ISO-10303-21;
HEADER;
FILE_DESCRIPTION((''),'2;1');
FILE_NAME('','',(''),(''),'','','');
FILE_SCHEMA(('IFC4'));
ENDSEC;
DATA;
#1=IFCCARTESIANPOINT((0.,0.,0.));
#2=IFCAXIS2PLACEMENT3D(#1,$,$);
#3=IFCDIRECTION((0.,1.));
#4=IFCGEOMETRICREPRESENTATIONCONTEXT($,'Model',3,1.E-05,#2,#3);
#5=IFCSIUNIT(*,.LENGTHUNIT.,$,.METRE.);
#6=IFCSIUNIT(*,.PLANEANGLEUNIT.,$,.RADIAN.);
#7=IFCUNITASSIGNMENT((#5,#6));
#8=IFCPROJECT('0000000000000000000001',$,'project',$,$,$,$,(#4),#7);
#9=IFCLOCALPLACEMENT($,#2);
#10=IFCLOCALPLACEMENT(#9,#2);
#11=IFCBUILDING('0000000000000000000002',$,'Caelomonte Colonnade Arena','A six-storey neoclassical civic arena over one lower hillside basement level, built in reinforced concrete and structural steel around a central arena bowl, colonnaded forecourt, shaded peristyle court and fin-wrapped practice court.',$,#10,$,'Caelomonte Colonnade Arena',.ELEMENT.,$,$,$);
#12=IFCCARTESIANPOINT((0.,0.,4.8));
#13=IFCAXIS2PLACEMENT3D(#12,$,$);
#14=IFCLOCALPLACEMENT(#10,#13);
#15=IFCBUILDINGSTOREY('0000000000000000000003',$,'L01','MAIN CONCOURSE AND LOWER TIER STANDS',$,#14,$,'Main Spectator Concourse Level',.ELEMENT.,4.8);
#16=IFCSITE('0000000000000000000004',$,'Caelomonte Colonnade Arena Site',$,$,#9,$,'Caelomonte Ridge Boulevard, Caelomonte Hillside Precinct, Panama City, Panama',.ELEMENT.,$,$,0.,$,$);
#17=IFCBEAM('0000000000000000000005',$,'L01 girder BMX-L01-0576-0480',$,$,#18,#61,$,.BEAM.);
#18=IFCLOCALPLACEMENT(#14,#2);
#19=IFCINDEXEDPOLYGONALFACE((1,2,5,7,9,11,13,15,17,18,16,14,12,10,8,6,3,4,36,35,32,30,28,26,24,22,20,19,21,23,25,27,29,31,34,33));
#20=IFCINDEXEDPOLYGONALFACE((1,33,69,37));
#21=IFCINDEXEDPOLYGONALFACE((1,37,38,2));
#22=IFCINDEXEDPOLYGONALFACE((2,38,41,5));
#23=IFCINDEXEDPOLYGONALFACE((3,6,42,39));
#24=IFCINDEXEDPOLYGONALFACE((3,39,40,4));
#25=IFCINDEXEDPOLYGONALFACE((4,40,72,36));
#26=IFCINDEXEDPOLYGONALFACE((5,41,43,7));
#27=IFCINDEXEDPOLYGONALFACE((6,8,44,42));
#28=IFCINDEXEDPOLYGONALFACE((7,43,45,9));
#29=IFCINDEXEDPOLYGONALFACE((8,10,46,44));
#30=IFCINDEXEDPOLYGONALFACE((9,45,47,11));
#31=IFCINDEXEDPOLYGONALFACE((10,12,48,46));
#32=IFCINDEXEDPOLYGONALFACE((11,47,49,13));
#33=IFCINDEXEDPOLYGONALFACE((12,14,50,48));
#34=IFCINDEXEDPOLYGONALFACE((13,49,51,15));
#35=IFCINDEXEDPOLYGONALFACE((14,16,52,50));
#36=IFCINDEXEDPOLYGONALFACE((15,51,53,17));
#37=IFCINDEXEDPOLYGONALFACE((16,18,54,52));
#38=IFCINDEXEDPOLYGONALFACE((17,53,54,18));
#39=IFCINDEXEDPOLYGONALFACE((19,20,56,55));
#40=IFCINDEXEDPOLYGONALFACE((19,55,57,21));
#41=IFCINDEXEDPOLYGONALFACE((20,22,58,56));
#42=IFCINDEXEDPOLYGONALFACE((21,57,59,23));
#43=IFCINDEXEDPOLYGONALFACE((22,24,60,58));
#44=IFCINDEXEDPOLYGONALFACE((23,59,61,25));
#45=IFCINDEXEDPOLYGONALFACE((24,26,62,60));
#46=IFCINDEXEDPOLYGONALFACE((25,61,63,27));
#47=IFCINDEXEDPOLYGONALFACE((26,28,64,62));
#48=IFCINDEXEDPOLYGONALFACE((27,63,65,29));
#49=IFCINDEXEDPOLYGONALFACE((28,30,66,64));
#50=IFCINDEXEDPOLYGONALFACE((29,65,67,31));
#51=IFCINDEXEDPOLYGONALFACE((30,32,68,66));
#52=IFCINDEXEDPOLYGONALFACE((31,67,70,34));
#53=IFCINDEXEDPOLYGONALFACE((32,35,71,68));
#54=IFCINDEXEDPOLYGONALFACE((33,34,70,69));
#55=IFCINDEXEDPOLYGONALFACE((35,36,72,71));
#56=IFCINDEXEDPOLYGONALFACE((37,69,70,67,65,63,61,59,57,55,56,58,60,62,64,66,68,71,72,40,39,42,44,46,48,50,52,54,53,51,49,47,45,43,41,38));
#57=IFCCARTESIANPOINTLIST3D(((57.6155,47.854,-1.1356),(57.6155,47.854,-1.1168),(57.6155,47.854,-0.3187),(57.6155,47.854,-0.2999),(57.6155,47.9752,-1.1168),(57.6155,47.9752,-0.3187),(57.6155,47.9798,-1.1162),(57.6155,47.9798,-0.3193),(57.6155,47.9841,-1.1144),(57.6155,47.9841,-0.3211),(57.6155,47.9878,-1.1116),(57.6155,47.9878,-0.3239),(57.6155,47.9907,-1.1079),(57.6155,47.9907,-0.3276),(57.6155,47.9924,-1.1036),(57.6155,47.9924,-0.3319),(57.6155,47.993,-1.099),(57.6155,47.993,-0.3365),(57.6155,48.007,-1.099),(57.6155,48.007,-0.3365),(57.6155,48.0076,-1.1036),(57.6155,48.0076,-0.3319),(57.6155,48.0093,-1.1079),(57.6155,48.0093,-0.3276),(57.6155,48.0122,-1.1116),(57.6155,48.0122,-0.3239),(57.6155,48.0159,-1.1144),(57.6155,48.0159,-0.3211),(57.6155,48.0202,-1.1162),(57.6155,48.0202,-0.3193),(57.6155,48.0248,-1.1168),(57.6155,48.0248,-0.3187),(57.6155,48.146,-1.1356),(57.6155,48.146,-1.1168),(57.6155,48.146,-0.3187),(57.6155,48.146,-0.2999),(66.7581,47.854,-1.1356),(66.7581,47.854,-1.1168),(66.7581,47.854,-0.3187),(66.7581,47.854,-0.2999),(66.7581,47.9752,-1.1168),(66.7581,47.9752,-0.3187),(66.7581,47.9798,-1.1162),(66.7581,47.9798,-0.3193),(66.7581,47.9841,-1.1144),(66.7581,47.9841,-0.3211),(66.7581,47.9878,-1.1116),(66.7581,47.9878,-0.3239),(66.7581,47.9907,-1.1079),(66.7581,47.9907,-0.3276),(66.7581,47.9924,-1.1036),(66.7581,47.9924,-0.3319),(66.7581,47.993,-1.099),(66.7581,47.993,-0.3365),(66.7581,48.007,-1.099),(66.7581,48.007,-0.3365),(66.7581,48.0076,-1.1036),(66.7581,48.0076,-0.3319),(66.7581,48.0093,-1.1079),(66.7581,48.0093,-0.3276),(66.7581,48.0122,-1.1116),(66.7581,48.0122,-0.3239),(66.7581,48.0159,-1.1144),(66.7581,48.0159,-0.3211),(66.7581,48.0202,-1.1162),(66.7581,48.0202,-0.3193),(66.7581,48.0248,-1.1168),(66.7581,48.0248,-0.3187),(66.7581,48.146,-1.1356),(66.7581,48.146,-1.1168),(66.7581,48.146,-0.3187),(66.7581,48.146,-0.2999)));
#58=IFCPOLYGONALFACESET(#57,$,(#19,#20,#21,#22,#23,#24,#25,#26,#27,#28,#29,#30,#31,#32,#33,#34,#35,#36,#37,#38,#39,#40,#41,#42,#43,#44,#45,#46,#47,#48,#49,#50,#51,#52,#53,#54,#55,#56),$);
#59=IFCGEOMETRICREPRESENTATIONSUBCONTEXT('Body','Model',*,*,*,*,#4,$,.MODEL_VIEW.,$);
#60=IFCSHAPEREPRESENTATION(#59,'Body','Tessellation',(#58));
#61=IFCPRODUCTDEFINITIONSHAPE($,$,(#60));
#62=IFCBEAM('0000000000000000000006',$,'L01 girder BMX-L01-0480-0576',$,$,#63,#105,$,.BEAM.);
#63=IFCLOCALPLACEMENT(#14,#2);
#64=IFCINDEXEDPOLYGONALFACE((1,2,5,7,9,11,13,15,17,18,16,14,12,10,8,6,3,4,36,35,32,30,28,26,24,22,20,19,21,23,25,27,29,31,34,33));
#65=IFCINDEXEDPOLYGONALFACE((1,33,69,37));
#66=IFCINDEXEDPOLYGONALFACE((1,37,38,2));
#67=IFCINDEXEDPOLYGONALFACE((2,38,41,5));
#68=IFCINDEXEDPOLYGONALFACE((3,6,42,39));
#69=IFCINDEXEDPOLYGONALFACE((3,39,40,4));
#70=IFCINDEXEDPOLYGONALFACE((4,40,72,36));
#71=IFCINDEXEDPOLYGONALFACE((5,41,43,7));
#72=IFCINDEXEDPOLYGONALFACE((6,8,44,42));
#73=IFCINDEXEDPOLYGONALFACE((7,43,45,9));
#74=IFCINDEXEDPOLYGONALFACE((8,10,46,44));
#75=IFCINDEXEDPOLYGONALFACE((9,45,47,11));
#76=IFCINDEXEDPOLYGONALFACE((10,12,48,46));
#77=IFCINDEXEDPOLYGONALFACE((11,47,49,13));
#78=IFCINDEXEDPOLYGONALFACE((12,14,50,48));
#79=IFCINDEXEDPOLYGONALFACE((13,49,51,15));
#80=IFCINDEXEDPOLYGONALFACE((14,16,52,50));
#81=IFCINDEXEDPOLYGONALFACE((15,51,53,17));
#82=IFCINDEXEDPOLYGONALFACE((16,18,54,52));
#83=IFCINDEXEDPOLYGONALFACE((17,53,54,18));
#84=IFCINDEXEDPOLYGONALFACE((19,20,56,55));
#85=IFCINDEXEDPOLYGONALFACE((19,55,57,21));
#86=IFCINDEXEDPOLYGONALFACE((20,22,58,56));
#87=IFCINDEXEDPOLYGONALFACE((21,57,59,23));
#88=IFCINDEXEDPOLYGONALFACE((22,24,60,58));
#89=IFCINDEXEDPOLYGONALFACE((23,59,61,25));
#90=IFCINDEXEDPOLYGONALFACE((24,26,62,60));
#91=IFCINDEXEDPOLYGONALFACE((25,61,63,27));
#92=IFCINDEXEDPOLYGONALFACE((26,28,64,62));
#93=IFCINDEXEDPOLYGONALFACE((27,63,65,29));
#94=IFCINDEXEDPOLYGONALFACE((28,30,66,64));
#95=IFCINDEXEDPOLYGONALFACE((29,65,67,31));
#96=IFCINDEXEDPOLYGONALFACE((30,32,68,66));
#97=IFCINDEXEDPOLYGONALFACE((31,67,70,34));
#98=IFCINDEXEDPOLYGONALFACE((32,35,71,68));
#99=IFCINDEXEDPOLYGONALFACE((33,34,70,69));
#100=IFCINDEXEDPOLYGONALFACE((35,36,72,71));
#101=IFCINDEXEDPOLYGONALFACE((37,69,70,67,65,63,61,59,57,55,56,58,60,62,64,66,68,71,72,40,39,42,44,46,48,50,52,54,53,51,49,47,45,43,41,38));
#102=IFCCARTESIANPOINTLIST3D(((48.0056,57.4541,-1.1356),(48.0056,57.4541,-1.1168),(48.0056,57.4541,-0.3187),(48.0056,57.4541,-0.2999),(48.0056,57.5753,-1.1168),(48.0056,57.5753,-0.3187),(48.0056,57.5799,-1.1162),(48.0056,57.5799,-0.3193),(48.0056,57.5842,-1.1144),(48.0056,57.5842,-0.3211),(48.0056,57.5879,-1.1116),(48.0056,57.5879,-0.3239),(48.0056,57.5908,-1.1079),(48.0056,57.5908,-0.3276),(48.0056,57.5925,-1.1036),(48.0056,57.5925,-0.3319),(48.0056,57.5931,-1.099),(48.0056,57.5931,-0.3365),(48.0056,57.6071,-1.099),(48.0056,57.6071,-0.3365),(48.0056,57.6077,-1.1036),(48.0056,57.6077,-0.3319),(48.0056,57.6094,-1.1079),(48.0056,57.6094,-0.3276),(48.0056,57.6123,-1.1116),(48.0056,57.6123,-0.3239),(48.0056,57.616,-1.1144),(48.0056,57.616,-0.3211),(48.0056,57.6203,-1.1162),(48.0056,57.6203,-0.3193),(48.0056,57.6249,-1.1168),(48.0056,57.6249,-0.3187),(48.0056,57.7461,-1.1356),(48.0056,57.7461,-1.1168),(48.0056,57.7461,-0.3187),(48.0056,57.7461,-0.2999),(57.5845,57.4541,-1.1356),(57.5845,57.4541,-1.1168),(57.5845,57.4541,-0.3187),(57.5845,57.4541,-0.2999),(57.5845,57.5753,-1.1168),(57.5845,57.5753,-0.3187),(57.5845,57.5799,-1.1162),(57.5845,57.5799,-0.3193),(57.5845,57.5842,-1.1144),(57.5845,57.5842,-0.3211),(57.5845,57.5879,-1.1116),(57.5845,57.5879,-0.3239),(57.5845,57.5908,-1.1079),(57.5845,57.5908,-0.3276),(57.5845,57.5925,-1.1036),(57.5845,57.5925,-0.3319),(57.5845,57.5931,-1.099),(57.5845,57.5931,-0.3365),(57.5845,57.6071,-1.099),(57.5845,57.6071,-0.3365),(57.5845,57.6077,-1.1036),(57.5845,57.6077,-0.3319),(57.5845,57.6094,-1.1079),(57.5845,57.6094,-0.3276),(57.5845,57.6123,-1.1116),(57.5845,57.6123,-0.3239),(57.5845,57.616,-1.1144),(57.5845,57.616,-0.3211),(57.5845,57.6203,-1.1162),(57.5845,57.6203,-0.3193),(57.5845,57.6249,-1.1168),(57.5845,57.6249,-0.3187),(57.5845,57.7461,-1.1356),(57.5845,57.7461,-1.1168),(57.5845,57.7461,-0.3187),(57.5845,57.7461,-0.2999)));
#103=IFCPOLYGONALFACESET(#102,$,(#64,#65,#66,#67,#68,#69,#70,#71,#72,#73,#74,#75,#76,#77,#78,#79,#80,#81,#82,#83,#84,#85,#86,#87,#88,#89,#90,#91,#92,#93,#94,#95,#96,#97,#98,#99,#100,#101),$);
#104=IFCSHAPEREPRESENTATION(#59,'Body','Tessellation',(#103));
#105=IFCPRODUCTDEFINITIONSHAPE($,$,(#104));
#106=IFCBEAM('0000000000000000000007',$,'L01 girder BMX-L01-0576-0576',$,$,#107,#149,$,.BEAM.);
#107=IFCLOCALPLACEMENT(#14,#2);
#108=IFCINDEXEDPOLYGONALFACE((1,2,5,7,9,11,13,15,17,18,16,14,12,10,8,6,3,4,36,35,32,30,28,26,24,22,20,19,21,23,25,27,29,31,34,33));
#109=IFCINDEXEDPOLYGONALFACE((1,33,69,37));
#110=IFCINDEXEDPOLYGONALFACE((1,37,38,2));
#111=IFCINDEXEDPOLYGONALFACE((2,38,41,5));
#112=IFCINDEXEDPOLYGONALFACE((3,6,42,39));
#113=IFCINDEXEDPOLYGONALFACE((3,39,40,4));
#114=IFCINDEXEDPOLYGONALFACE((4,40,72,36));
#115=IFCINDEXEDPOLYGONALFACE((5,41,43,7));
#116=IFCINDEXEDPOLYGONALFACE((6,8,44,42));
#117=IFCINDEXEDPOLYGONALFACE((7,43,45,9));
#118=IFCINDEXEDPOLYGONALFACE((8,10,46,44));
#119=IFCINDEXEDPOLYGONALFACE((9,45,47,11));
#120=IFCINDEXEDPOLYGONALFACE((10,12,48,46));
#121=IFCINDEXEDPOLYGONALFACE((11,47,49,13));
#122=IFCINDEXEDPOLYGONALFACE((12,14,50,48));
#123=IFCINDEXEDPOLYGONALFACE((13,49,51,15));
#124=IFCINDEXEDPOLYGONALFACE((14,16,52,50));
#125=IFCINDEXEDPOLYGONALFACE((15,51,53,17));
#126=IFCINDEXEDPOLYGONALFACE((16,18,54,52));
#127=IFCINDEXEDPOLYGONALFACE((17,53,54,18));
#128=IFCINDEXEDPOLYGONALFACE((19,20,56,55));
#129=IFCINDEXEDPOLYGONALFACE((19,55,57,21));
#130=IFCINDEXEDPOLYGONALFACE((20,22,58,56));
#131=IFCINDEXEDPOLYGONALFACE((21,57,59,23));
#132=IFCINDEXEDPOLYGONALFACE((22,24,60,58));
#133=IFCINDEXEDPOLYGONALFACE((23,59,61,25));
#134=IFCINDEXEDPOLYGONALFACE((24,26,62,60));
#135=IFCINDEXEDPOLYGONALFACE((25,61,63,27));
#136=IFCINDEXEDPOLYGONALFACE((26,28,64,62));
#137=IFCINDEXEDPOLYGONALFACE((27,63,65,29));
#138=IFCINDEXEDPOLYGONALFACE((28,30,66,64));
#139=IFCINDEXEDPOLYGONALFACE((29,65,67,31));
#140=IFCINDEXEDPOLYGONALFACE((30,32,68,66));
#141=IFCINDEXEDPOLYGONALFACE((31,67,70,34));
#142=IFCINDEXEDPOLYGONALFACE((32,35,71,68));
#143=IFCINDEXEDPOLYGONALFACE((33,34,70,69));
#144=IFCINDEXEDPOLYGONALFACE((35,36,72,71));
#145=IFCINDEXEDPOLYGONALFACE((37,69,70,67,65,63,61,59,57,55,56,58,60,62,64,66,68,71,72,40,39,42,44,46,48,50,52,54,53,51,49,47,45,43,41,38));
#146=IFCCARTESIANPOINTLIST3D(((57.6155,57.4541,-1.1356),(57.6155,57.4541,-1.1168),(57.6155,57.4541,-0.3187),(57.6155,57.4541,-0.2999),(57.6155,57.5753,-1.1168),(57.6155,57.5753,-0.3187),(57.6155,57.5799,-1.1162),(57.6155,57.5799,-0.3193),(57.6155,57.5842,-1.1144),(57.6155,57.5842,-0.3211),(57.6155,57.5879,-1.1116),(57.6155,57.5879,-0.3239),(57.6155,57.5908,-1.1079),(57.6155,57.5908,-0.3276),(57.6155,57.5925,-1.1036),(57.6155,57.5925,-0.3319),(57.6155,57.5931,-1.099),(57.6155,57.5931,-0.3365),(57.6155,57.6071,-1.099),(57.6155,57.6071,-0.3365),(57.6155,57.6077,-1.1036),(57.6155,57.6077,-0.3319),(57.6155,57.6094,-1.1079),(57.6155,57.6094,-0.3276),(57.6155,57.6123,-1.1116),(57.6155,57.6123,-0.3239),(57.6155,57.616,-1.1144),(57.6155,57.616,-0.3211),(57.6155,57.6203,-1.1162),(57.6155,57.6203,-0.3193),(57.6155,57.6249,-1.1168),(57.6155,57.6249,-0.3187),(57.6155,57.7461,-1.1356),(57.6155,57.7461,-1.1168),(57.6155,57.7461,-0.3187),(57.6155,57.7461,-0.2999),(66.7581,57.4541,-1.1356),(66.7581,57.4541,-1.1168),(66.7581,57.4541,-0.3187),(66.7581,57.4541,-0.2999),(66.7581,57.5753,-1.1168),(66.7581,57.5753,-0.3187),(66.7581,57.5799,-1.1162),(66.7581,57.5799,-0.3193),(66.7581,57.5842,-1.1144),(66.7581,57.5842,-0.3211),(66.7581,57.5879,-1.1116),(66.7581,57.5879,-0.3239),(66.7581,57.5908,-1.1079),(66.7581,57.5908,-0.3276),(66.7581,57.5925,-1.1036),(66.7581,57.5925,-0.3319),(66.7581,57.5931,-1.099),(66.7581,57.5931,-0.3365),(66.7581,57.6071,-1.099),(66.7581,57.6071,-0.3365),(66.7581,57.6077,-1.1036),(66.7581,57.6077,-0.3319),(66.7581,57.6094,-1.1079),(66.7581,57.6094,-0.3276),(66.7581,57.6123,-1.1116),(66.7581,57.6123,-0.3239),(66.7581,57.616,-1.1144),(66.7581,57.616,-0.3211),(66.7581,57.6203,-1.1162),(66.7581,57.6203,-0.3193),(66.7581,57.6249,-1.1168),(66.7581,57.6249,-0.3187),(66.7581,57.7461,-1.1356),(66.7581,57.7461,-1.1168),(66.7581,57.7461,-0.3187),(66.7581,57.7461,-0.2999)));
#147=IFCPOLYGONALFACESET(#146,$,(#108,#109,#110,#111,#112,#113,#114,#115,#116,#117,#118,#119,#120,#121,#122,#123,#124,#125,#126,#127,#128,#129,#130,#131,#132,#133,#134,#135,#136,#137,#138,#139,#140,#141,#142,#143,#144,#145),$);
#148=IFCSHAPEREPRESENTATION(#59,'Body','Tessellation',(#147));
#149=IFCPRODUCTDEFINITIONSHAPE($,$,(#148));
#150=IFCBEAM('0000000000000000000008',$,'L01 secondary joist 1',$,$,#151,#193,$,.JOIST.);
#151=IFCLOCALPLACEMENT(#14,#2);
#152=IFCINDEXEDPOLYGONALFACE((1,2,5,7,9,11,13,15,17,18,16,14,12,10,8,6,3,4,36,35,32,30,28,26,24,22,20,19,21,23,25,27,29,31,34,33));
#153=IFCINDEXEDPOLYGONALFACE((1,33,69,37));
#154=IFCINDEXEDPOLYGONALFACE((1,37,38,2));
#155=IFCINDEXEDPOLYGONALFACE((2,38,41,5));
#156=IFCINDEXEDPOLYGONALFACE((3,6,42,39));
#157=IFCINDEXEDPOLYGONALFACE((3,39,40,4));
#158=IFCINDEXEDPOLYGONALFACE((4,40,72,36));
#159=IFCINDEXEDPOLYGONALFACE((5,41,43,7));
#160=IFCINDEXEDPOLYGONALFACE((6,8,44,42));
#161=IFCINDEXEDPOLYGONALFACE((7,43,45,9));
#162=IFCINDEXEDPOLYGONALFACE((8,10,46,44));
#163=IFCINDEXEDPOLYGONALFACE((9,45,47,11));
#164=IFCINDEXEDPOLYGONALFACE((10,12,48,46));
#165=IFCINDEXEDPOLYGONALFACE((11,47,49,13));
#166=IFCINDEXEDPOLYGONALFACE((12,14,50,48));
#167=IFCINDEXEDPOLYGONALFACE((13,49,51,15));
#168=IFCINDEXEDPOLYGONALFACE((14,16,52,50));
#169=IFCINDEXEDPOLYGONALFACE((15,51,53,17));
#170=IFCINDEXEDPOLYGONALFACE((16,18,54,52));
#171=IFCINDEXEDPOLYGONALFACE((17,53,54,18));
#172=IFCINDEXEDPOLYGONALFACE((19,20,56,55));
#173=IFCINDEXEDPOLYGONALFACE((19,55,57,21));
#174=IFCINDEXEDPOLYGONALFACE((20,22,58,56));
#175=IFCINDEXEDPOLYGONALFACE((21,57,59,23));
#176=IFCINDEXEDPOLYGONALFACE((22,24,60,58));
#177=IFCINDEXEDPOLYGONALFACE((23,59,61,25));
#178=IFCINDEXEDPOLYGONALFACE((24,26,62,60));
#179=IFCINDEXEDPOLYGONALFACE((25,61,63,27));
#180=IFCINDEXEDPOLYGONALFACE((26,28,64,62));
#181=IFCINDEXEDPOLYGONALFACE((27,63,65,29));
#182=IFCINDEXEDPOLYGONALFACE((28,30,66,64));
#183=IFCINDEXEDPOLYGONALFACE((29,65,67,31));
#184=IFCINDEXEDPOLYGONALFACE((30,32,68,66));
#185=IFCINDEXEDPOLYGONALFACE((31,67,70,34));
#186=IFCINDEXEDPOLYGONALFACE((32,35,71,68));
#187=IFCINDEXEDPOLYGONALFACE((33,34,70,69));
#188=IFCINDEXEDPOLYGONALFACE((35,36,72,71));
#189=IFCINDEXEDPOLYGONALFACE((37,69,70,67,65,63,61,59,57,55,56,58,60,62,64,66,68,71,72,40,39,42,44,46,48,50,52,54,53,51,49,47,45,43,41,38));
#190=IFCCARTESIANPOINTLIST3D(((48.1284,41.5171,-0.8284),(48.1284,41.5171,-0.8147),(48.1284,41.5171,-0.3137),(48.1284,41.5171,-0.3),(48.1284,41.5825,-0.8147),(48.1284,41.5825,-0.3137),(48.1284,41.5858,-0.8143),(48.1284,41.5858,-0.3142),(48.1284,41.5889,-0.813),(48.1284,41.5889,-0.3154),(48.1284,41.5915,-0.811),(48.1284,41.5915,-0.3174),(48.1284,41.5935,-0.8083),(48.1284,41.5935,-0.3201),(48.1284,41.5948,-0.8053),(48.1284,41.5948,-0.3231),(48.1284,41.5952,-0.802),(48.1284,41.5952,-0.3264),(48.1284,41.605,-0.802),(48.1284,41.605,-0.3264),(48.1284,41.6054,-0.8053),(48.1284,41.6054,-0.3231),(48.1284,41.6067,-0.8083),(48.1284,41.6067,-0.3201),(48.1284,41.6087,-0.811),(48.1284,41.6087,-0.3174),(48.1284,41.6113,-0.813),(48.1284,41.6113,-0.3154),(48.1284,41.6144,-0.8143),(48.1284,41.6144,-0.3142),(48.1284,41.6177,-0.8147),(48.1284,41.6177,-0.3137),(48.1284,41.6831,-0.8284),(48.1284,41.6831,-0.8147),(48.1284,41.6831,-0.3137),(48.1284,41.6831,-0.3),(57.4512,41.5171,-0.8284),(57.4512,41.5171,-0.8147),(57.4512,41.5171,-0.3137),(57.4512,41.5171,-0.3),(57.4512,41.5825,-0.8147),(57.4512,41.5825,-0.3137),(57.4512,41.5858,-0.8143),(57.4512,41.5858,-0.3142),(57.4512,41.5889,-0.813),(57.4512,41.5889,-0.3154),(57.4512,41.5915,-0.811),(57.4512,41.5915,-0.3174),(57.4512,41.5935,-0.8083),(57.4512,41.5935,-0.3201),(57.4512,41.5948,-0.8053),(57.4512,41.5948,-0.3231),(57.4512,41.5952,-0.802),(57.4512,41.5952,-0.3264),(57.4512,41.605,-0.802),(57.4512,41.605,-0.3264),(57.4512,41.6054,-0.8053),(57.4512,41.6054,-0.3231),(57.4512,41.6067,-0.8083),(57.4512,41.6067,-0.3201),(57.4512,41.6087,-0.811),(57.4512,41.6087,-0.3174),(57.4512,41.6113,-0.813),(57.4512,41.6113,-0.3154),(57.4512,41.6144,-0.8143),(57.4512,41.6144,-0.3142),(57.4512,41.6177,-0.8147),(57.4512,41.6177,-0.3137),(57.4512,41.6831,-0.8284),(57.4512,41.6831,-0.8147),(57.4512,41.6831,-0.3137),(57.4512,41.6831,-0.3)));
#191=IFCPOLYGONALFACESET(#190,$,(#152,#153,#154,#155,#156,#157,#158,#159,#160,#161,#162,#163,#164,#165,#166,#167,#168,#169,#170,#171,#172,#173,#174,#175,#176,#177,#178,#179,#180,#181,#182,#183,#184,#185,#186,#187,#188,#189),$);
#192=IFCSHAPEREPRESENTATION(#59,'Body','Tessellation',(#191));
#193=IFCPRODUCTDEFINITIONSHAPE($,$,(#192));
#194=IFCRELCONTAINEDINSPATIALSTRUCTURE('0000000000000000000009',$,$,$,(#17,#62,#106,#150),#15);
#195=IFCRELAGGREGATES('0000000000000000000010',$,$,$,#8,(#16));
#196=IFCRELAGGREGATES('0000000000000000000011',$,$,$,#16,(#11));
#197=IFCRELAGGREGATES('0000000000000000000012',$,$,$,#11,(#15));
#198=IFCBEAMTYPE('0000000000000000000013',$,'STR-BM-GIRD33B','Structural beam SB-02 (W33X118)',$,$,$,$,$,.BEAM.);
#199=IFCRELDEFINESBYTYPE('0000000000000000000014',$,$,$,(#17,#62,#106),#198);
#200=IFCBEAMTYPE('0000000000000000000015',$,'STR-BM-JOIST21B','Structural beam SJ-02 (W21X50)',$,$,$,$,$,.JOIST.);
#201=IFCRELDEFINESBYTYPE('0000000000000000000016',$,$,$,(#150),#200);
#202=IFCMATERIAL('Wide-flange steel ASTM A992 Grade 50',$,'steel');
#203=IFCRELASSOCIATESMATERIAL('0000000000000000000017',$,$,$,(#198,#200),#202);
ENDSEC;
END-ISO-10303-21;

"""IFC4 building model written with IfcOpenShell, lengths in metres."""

from ifc_helpers import new_model, si_unit, direction, frame, origin, origin_2d, place, context, subcontext, project, spatial, i_section, extrude, material, material_profile, profile_set, type_object, element, save


model = new_model("IFC4")

# Units and contexts
model_context = context("Model", 3, precision=1e-05, world=origin(), true_north=direction((0.0, 1.0)))
body_context = subcontext(model_context, "Body", "Model", "MODEL_VIEW")
ifc_project = project(units=[si_unit("LENGTHUNIT", "METRE"), si_unit("PLANEANGLEUNIT", "RADIAN")], contexts=[model_context])

# Site, building, storey
site_placement = place(None, origin())
site = spatial("IfcSite", under=ifc_project, at=site_placement, Name="Caelomonte Colonnade Arena Site", LongName="Caelomonte Ridge Boulevard, Caelomonte Hillside Precinct, Panama City, Panama", CompositionType="ELEMENT", RefElevation=0.0)
building_placement = place(site_placement, origin())
building = spatial("IfcBuilding", under=site, at=building_placement, Name="Caelomonte Colonnade Arena", Description="A six-storey neoclassical civic arena over one lower hillside basement level, built in reinforced concrete and structural steel around a central arena bowl, colonnaded forecourt, shaded peristyle court and fin-wrapped practice court.", LongName="Caelomonte Colonnade Arena", CompositionType="ELEMENT")
storey_placement = place(building_placement, frame((0.0, 0.0, 4.8)))
storey = spatial("IfcBuildingStorey", under=building, at=storey_placement, Name="L01", Description="MAIN CONCOURSE AND LOWER TIER STANDS", LongName="Main Spectator Concourse Level", CompositionType="ELEMENT", Elevation=4.8)

# Shared definitions
ifc_material_1 = material(Name="Wide-flange steel ASTM A992 Grade 50", Category="steel")

# Beams
ifc_material_profile_1 = material_profile(ifc_material_1, i_section(OverallWidth=0.292, OverallDepth=0.8357, WebThickness=0.0139, FlangeThickness=0.0188, FilletRadius=0.0178, at=origin_2d()), Name="W33X118")
ifc_profile_set_1 = profile_set([ifc_material_profile_1], Name="Wide-flange steel ASTM A992 Grade 50")
beam_type_1 = type_object("IfcBeamType", Name="STR-BM-GIRD33B", Description="Structural beam SB-02 (W33X118)", PredefinedType="BEAM", material=ifc_profile_set_1)
beam_1_placement = place(storey_placement, frame((57.6155, 48.0, -0.7178), z_axis=(1.0, 0.0, 0.0), x_axis=(0.0, 1.0, 0.0)))
element("IfcBeam", 1, at=beam_1_placement, inside=storey, type_object=beam_type_1, Name="L01 girder BMX-L01-0576-0480", PredefinedType="BEAM", context=body_context, shape_type="SweptSolid", body=[
    extrude(i_section(OverallWidth=0.292, OverallDepth=0.8357, WebThickness=0.0139, FlangeThickness=0.0188, FilletRadius=0.0178, at=origin_2d()), origin(), (0.0, 0.0, 1.0), 9.1426),
])
beam_2_placement = place(storey_placement, frame((48.0056, 57.6001, -0.7178), z_axis=(1.0, 0.0, 0.0), x_axis=(0.0, 1.0, 0.0)))
element("IfcBeam", 2, at=beam_2_placement, inside=storey, type_object=beam_type_1, Name="L01 girder BMX-L01-0480-0576", PredefinedType="BEAM", context=body_context, shape_type="SweptSolid", body=[
    extrude(i_section(OverallWidth=0.292, OverallDepth=0.8357, WebThickness=0.0139, FlangeThickness=0.0188, FilletRadius=0.0178, at=origin_2d()), origin(), (0.0, 0.0, 1.0), 9.5789),
])
beam_3_placement = place(storey_placement, frame((57.6155, 57.6001, -0.7178), z_axis=(1.0, 0.0, 0.0), x_axis=(0.0, 1.0, 0.0)))
element("IfcBeam", 3, at=beam_3_placement, inside=storey, type_object=beam_type_1, Name="L01 girder BMX-L01-0576-0576", PredefinedType="BEAM", context=body_context, shape_type="SweptSolid", body=[
    extrude(i_section(OverallWidth=0.292, OverallDepth=0.8357, WebThickness=0.0139, FlangeThickness=0.0188, FilletRadius=0.0178, at=origin_2d()), origin(), (0.0, 0.0, 1.0), 9.1426),
])
ifc_material_profile_2 = material_profile(ifc_material_1, i_section(OverallWidth=0.166, OverallDepth=0.5283, WebThickness=0.0098, FlangeThickness=0.0137, FilletRadius=0.0127, at=origin_2d()), Name="W21X50")
ifc_profile_set_2 = profile_set([ifc_material_profile_2], Name="Wide-flange steel ASTM A992 Grade 50")
beam_type_2 = type_object("IfcBeamType", Name="STR-BM-JOIST21B", Description="Structural beam SJ-02 (W21X50)", PredefinedType="JOIST", material=ifc_profile_set_2)
for number, where, z_axis, x_axis, name in (
    (4, (48.1284, 41.6001, -0.5642), (1.0, 0.0, 0.0), (0.0, 1.0, 0.0), "L01 secondary joist 1"),
):
    element("IfcBeam", number, at=place(storey_placement, frame(where, z_axis=z_axis, x_axis=x_axis)), inside=storey, type_object=beam_type_2, Name=name, PredefinedType="JOIST", context=body_context, shape_type="SweptSolid", body=[
        extrude(i_section(OverallWidth=0.166, OverallDepth=0.5283, WebThickness=0.0098, FlangeThickness=0.0137, FilletRadius=0.0127, at=origin_2d()), origin(), (0.0, 0.0, 1.0), 9.3228),
    ])

save(model, "model.ifc")
